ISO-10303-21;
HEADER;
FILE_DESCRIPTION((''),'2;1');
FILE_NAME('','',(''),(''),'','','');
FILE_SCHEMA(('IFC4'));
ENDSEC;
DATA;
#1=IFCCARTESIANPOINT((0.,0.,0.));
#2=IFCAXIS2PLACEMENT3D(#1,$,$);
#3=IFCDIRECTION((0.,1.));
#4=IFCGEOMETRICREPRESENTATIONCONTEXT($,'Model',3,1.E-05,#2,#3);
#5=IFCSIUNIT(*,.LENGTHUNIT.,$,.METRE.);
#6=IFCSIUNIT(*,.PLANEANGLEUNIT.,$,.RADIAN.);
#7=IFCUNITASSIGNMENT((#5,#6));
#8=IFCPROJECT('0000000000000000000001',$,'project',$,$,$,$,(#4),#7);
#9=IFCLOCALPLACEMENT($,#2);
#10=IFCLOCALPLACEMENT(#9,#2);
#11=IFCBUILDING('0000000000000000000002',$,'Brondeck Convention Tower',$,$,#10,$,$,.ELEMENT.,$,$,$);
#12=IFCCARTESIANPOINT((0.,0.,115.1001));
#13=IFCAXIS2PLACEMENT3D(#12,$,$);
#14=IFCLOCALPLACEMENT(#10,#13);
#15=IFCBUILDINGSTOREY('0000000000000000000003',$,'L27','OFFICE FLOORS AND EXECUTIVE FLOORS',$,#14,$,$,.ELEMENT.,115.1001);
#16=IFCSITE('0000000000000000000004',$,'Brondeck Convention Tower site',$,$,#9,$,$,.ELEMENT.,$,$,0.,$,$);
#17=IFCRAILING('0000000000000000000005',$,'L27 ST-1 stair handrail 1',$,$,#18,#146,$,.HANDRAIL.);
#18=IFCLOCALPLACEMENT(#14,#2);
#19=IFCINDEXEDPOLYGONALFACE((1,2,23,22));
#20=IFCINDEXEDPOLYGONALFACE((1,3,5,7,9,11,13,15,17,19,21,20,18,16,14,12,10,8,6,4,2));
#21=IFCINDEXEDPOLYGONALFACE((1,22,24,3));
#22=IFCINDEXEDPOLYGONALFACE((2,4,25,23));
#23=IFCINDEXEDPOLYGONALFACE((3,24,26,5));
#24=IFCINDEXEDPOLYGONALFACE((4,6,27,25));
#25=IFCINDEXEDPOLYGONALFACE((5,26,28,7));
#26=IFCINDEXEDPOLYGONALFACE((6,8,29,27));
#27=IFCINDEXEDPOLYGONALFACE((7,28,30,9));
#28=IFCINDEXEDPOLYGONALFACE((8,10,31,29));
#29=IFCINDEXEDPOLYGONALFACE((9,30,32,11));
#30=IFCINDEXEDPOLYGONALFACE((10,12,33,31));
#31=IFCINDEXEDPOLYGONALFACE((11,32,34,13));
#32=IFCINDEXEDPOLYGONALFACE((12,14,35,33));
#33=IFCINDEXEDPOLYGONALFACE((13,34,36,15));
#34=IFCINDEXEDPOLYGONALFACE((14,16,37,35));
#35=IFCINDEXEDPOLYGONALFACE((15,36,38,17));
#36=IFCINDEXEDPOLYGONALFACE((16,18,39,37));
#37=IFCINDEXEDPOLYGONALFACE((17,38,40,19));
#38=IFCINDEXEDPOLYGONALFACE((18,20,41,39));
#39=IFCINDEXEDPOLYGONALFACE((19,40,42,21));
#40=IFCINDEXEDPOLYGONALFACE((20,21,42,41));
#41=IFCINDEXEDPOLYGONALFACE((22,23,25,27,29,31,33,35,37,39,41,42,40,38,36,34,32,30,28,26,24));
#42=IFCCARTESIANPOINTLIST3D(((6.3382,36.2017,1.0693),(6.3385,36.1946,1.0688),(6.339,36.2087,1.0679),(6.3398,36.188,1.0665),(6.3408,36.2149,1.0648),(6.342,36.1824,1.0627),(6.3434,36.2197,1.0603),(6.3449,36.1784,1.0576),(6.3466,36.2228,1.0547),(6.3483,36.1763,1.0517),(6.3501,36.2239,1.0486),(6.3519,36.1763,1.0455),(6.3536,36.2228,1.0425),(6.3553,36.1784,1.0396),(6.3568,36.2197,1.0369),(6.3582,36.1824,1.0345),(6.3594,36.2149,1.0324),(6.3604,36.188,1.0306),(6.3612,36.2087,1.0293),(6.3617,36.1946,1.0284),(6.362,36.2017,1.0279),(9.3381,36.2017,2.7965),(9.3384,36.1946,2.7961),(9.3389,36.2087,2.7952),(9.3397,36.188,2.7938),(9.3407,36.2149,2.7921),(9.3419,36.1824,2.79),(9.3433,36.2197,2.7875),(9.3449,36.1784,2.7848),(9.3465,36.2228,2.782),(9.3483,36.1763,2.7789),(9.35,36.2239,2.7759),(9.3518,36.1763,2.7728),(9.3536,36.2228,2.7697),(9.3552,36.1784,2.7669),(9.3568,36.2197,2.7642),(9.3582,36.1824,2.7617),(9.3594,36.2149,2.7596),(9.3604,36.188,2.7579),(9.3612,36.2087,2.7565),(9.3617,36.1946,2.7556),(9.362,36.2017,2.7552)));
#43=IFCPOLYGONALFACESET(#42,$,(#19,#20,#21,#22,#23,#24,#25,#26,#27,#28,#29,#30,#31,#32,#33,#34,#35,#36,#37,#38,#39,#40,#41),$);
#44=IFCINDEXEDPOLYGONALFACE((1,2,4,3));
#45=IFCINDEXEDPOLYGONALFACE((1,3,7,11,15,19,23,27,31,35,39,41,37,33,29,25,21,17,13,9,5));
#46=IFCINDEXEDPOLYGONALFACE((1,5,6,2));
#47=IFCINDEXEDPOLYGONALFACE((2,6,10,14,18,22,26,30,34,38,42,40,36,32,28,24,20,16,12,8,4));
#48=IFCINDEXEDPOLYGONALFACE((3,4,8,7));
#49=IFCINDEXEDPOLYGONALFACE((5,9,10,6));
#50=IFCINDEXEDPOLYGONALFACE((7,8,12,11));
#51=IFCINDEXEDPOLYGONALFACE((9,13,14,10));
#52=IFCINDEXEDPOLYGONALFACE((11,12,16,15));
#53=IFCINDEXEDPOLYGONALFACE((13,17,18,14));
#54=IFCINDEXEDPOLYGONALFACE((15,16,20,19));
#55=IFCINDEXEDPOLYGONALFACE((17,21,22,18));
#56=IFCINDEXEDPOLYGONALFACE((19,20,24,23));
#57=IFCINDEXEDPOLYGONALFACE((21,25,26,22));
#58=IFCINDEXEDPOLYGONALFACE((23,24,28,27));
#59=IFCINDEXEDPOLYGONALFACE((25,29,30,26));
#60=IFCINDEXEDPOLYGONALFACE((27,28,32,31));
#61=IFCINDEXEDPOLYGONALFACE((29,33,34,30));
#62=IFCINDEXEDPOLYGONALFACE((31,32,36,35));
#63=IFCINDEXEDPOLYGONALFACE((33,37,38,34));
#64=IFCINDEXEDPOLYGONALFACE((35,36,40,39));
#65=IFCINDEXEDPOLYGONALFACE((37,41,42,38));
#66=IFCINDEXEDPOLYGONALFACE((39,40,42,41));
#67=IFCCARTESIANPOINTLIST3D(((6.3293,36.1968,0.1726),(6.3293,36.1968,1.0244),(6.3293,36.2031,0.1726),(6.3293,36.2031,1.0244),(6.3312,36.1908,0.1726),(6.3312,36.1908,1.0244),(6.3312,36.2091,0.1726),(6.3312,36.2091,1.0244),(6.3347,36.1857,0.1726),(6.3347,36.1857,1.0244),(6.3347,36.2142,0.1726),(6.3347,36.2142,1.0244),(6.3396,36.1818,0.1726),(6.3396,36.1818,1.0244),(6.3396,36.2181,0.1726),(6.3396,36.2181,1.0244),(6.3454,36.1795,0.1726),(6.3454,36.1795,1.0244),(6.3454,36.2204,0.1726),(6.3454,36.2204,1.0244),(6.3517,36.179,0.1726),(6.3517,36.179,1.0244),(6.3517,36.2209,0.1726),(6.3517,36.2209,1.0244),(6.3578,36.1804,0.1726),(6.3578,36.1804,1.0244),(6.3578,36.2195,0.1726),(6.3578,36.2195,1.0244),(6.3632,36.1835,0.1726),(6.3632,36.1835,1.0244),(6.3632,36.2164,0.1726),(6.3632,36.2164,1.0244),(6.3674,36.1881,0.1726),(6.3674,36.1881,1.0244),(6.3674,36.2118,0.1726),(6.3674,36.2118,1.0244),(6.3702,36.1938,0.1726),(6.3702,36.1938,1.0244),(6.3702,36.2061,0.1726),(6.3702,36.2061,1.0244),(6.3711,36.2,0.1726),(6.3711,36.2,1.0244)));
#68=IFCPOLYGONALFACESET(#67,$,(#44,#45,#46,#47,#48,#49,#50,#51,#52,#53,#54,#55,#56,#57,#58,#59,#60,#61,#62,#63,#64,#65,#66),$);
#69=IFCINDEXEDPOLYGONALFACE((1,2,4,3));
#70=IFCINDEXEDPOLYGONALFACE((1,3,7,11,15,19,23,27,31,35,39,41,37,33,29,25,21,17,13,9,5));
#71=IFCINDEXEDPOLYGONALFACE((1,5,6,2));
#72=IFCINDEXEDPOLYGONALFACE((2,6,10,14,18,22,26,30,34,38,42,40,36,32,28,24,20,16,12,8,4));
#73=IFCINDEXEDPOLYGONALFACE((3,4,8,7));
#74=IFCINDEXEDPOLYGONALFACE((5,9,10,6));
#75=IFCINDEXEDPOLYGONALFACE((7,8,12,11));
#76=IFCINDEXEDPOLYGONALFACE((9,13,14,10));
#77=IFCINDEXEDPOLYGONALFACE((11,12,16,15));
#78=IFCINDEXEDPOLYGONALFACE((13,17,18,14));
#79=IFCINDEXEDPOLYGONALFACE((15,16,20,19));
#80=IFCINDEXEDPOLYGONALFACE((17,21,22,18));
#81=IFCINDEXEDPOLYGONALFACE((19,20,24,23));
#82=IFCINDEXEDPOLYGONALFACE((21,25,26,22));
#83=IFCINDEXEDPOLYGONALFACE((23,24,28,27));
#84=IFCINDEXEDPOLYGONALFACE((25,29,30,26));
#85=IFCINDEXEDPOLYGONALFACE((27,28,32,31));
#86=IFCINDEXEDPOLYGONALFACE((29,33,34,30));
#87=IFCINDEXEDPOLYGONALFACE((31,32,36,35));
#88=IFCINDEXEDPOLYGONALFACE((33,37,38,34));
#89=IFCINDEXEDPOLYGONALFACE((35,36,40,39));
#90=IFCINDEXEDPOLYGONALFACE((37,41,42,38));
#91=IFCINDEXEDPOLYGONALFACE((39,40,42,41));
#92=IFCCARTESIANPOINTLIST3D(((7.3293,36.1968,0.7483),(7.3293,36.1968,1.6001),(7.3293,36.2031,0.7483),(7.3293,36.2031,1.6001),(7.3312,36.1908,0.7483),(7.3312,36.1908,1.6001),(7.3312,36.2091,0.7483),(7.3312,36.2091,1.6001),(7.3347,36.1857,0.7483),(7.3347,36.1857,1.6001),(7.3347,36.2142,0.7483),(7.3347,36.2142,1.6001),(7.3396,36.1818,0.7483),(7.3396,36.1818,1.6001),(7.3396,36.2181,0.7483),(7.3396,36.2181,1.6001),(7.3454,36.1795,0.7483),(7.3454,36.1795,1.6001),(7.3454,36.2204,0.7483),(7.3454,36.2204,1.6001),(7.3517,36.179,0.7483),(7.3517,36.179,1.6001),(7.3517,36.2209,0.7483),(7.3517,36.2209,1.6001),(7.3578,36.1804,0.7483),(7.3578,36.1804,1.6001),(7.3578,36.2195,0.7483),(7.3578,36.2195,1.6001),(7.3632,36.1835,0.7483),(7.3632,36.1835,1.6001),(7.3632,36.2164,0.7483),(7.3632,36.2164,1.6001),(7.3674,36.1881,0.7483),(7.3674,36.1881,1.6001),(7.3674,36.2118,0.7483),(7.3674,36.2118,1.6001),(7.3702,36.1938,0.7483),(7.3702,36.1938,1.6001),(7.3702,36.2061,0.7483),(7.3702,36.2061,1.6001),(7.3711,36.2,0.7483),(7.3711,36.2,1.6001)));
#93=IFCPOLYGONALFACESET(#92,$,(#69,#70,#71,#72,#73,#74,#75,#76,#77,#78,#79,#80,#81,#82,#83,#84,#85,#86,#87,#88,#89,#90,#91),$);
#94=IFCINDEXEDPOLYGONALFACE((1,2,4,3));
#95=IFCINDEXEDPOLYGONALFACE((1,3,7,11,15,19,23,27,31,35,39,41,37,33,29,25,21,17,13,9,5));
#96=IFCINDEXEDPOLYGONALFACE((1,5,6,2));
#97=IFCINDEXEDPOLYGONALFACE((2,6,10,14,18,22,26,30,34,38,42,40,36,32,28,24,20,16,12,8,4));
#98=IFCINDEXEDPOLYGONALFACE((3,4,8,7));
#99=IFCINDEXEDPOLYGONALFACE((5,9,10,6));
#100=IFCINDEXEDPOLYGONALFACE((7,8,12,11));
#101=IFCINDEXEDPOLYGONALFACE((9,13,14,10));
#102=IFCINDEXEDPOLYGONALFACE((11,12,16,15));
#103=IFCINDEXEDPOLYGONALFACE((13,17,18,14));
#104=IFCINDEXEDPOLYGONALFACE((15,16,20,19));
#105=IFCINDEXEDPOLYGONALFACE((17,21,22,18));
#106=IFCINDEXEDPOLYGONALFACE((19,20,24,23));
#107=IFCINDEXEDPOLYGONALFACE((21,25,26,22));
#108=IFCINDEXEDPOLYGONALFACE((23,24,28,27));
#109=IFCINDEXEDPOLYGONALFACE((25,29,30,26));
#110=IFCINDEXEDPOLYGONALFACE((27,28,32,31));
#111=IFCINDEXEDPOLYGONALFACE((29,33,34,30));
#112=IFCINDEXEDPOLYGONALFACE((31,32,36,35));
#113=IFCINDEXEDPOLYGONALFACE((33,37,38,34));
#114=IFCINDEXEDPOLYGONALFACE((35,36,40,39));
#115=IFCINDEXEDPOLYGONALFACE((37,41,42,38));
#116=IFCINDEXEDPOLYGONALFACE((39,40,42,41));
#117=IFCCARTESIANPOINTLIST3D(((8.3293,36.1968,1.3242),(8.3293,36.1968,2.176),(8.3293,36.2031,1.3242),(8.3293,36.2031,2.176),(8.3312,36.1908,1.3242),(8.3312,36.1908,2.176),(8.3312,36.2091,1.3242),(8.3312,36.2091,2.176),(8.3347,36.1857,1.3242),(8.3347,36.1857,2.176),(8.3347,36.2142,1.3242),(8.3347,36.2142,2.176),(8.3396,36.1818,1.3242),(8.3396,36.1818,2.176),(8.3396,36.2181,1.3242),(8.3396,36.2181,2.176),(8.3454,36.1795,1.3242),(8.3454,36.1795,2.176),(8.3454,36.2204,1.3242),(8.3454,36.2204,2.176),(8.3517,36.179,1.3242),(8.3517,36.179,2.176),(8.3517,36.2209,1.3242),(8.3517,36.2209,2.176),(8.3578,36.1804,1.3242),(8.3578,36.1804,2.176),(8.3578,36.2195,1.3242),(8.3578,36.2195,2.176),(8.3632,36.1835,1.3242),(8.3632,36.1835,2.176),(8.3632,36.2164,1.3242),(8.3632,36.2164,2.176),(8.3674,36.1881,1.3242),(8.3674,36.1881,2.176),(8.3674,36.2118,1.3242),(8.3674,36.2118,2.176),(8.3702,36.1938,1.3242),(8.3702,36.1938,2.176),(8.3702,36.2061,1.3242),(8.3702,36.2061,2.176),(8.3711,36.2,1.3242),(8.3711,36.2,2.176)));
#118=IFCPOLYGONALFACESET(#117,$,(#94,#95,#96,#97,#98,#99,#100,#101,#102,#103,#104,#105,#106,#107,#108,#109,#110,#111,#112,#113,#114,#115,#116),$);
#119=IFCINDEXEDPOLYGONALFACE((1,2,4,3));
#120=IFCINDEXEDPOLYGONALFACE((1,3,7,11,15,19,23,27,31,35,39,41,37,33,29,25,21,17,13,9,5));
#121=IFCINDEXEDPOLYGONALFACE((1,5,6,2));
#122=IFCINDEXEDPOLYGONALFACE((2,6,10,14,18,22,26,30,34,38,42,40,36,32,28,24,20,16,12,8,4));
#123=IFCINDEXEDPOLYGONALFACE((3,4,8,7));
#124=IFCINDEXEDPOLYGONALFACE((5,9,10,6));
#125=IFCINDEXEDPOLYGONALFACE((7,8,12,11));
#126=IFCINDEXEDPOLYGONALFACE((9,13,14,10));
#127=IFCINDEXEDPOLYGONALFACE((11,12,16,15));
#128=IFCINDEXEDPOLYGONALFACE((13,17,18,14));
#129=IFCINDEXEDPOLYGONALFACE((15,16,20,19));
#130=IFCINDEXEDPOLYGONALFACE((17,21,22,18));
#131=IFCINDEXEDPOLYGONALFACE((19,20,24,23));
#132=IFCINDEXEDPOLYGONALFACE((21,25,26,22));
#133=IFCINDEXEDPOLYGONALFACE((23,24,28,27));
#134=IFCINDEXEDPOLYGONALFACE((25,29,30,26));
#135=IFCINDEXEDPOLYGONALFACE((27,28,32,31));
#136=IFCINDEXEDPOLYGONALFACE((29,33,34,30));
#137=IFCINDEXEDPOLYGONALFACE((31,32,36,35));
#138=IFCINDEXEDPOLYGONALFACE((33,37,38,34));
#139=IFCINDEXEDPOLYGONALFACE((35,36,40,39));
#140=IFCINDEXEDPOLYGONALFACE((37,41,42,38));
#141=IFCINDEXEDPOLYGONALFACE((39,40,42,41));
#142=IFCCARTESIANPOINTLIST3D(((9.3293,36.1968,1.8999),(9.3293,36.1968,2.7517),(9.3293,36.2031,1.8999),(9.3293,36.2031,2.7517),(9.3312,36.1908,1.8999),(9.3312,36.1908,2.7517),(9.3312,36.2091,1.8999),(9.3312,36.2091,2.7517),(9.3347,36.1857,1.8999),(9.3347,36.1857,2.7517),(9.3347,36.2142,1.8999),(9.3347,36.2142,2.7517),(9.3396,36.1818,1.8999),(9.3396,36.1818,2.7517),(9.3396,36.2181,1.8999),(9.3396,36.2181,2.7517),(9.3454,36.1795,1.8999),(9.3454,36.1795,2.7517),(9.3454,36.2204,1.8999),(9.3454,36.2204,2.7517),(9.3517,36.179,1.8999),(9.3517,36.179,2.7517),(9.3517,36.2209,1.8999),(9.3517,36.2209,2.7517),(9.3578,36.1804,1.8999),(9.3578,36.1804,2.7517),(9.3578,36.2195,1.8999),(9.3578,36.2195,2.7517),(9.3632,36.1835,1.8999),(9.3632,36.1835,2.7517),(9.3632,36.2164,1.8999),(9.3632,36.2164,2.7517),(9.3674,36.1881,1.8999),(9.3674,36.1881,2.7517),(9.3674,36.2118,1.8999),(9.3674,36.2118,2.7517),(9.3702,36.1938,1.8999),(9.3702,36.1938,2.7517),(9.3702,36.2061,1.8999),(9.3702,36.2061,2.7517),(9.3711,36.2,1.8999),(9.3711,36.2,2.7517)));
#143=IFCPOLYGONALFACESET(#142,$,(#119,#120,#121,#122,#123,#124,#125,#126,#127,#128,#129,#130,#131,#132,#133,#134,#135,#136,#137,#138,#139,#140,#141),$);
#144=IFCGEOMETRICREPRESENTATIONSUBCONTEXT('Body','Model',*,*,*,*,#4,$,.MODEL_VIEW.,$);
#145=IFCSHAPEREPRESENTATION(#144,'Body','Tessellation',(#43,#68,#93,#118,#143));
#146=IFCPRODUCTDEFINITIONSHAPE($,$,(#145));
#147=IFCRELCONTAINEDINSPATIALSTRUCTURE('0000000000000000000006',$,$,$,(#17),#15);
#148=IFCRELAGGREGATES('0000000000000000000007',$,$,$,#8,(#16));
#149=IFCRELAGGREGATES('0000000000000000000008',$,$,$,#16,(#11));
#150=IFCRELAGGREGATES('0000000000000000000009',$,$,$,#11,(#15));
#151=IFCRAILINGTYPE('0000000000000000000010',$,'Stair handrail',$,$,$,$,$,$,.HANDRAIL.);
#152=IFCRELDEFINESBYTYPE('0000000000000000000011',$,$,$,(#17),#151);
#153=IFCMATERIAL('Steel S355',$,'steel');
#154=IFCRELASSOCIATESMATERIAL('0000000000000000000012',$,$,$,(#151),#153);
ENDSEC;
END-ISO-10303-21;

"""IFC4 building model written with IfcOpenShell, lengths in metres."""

from ifc_helpers import new_model, si_unit, direction, frame, origin, origin_2d, place, context, subcontext, project, spatial, circle, extrude, material, type_object, element, save


model = new_model("IFC4")

# Units and contexts
model_context = context("Model", 3, precision=1e-05, world=origin(), true_north=direction((0.0, 1.0)))
body_context = subcontext(model_context, "Body", "Model", "MODEL_VIEW")
ifc_project = project(units=[si_unit("LENGTHUNIT", "METRE"), si_unit("PLANEANGLEUNIT", "RADIAN")], contexts=[model_context])

# Site, building, storey
site_placement = place(None, origin())
site = spatial("IfcSite", under=ifc_project, at=site_placement, Name="Brondeck Convention Tower site", CompositionType="ELEMENT", RefElevation=0.0)
building_placement = place(site_placement, origin())
building = spatial("IfcBuilding", under=site, at=building_placement, Name="Brondeck Convention Tower", CompositionType="ELEMENT")
storey_placement = place(building_placement, frame((0.0, 0.0, 115.1001)))
storey = spatial("IfcBuildingStorey", under=building, at=storey_placement, Name="L27", Description="OFFICE FLOORS AND EXECUTIVE FLOORS", CompositionType="ELEMENT", Elevation=115.1001)

# Railing
ifc_material_1 = material(Name="Steel S355", Category="steel")
railing_type_1 = type_object("IfcRailingType", Name="Stair handrail", PredefinedType="HANDRAIL", material=ifc_material_1)
railing_1_placement = place(storey_placement, frame((6.3501, 36.2, 0.1726)))
element("IfcRailing", 1, at=railing_1_placement, inside=storey, type_object=railing_type_1, Name="L27 ST-1 stair handrail 1", PredefinedType="HANDRAIL", context=body_context, shape_type="SweptSolid", body=[
    extrude(circle(Radius=0.0239, at=origin_2d()), frame((0.0, 0.0, 0.876), z_axis=(0.86662, 0.0, 0.498969), x_axis=(0.0, 1.0, 0.0)), (0.0, 0.0, 1.0), 3.4617),
    extrude(circle(Radius=0.021, at=origin_2d()), origin(), (0.0, 0.0, 1.0), 0.8518),
    extrude(circle(Radius=0.021, at=origin_2d()), frame((1.0, 0.0, 0.5757)), (0.0, 0.0, 1.0), 0.8518),
    extrude(circle(Radius=0.021, at=origin_2d()), frame((2.0, 0.0, 1.1516)), (0.0, 0.0, 1.0), 0.8518),
    extrude(circle(Radius=0.021, at=origin_2d()), frame((3.0, 0.0, 1.7273)), (0.0, 0.0, 1.0), 0.8518),
])

save(model, "model.ifc")
